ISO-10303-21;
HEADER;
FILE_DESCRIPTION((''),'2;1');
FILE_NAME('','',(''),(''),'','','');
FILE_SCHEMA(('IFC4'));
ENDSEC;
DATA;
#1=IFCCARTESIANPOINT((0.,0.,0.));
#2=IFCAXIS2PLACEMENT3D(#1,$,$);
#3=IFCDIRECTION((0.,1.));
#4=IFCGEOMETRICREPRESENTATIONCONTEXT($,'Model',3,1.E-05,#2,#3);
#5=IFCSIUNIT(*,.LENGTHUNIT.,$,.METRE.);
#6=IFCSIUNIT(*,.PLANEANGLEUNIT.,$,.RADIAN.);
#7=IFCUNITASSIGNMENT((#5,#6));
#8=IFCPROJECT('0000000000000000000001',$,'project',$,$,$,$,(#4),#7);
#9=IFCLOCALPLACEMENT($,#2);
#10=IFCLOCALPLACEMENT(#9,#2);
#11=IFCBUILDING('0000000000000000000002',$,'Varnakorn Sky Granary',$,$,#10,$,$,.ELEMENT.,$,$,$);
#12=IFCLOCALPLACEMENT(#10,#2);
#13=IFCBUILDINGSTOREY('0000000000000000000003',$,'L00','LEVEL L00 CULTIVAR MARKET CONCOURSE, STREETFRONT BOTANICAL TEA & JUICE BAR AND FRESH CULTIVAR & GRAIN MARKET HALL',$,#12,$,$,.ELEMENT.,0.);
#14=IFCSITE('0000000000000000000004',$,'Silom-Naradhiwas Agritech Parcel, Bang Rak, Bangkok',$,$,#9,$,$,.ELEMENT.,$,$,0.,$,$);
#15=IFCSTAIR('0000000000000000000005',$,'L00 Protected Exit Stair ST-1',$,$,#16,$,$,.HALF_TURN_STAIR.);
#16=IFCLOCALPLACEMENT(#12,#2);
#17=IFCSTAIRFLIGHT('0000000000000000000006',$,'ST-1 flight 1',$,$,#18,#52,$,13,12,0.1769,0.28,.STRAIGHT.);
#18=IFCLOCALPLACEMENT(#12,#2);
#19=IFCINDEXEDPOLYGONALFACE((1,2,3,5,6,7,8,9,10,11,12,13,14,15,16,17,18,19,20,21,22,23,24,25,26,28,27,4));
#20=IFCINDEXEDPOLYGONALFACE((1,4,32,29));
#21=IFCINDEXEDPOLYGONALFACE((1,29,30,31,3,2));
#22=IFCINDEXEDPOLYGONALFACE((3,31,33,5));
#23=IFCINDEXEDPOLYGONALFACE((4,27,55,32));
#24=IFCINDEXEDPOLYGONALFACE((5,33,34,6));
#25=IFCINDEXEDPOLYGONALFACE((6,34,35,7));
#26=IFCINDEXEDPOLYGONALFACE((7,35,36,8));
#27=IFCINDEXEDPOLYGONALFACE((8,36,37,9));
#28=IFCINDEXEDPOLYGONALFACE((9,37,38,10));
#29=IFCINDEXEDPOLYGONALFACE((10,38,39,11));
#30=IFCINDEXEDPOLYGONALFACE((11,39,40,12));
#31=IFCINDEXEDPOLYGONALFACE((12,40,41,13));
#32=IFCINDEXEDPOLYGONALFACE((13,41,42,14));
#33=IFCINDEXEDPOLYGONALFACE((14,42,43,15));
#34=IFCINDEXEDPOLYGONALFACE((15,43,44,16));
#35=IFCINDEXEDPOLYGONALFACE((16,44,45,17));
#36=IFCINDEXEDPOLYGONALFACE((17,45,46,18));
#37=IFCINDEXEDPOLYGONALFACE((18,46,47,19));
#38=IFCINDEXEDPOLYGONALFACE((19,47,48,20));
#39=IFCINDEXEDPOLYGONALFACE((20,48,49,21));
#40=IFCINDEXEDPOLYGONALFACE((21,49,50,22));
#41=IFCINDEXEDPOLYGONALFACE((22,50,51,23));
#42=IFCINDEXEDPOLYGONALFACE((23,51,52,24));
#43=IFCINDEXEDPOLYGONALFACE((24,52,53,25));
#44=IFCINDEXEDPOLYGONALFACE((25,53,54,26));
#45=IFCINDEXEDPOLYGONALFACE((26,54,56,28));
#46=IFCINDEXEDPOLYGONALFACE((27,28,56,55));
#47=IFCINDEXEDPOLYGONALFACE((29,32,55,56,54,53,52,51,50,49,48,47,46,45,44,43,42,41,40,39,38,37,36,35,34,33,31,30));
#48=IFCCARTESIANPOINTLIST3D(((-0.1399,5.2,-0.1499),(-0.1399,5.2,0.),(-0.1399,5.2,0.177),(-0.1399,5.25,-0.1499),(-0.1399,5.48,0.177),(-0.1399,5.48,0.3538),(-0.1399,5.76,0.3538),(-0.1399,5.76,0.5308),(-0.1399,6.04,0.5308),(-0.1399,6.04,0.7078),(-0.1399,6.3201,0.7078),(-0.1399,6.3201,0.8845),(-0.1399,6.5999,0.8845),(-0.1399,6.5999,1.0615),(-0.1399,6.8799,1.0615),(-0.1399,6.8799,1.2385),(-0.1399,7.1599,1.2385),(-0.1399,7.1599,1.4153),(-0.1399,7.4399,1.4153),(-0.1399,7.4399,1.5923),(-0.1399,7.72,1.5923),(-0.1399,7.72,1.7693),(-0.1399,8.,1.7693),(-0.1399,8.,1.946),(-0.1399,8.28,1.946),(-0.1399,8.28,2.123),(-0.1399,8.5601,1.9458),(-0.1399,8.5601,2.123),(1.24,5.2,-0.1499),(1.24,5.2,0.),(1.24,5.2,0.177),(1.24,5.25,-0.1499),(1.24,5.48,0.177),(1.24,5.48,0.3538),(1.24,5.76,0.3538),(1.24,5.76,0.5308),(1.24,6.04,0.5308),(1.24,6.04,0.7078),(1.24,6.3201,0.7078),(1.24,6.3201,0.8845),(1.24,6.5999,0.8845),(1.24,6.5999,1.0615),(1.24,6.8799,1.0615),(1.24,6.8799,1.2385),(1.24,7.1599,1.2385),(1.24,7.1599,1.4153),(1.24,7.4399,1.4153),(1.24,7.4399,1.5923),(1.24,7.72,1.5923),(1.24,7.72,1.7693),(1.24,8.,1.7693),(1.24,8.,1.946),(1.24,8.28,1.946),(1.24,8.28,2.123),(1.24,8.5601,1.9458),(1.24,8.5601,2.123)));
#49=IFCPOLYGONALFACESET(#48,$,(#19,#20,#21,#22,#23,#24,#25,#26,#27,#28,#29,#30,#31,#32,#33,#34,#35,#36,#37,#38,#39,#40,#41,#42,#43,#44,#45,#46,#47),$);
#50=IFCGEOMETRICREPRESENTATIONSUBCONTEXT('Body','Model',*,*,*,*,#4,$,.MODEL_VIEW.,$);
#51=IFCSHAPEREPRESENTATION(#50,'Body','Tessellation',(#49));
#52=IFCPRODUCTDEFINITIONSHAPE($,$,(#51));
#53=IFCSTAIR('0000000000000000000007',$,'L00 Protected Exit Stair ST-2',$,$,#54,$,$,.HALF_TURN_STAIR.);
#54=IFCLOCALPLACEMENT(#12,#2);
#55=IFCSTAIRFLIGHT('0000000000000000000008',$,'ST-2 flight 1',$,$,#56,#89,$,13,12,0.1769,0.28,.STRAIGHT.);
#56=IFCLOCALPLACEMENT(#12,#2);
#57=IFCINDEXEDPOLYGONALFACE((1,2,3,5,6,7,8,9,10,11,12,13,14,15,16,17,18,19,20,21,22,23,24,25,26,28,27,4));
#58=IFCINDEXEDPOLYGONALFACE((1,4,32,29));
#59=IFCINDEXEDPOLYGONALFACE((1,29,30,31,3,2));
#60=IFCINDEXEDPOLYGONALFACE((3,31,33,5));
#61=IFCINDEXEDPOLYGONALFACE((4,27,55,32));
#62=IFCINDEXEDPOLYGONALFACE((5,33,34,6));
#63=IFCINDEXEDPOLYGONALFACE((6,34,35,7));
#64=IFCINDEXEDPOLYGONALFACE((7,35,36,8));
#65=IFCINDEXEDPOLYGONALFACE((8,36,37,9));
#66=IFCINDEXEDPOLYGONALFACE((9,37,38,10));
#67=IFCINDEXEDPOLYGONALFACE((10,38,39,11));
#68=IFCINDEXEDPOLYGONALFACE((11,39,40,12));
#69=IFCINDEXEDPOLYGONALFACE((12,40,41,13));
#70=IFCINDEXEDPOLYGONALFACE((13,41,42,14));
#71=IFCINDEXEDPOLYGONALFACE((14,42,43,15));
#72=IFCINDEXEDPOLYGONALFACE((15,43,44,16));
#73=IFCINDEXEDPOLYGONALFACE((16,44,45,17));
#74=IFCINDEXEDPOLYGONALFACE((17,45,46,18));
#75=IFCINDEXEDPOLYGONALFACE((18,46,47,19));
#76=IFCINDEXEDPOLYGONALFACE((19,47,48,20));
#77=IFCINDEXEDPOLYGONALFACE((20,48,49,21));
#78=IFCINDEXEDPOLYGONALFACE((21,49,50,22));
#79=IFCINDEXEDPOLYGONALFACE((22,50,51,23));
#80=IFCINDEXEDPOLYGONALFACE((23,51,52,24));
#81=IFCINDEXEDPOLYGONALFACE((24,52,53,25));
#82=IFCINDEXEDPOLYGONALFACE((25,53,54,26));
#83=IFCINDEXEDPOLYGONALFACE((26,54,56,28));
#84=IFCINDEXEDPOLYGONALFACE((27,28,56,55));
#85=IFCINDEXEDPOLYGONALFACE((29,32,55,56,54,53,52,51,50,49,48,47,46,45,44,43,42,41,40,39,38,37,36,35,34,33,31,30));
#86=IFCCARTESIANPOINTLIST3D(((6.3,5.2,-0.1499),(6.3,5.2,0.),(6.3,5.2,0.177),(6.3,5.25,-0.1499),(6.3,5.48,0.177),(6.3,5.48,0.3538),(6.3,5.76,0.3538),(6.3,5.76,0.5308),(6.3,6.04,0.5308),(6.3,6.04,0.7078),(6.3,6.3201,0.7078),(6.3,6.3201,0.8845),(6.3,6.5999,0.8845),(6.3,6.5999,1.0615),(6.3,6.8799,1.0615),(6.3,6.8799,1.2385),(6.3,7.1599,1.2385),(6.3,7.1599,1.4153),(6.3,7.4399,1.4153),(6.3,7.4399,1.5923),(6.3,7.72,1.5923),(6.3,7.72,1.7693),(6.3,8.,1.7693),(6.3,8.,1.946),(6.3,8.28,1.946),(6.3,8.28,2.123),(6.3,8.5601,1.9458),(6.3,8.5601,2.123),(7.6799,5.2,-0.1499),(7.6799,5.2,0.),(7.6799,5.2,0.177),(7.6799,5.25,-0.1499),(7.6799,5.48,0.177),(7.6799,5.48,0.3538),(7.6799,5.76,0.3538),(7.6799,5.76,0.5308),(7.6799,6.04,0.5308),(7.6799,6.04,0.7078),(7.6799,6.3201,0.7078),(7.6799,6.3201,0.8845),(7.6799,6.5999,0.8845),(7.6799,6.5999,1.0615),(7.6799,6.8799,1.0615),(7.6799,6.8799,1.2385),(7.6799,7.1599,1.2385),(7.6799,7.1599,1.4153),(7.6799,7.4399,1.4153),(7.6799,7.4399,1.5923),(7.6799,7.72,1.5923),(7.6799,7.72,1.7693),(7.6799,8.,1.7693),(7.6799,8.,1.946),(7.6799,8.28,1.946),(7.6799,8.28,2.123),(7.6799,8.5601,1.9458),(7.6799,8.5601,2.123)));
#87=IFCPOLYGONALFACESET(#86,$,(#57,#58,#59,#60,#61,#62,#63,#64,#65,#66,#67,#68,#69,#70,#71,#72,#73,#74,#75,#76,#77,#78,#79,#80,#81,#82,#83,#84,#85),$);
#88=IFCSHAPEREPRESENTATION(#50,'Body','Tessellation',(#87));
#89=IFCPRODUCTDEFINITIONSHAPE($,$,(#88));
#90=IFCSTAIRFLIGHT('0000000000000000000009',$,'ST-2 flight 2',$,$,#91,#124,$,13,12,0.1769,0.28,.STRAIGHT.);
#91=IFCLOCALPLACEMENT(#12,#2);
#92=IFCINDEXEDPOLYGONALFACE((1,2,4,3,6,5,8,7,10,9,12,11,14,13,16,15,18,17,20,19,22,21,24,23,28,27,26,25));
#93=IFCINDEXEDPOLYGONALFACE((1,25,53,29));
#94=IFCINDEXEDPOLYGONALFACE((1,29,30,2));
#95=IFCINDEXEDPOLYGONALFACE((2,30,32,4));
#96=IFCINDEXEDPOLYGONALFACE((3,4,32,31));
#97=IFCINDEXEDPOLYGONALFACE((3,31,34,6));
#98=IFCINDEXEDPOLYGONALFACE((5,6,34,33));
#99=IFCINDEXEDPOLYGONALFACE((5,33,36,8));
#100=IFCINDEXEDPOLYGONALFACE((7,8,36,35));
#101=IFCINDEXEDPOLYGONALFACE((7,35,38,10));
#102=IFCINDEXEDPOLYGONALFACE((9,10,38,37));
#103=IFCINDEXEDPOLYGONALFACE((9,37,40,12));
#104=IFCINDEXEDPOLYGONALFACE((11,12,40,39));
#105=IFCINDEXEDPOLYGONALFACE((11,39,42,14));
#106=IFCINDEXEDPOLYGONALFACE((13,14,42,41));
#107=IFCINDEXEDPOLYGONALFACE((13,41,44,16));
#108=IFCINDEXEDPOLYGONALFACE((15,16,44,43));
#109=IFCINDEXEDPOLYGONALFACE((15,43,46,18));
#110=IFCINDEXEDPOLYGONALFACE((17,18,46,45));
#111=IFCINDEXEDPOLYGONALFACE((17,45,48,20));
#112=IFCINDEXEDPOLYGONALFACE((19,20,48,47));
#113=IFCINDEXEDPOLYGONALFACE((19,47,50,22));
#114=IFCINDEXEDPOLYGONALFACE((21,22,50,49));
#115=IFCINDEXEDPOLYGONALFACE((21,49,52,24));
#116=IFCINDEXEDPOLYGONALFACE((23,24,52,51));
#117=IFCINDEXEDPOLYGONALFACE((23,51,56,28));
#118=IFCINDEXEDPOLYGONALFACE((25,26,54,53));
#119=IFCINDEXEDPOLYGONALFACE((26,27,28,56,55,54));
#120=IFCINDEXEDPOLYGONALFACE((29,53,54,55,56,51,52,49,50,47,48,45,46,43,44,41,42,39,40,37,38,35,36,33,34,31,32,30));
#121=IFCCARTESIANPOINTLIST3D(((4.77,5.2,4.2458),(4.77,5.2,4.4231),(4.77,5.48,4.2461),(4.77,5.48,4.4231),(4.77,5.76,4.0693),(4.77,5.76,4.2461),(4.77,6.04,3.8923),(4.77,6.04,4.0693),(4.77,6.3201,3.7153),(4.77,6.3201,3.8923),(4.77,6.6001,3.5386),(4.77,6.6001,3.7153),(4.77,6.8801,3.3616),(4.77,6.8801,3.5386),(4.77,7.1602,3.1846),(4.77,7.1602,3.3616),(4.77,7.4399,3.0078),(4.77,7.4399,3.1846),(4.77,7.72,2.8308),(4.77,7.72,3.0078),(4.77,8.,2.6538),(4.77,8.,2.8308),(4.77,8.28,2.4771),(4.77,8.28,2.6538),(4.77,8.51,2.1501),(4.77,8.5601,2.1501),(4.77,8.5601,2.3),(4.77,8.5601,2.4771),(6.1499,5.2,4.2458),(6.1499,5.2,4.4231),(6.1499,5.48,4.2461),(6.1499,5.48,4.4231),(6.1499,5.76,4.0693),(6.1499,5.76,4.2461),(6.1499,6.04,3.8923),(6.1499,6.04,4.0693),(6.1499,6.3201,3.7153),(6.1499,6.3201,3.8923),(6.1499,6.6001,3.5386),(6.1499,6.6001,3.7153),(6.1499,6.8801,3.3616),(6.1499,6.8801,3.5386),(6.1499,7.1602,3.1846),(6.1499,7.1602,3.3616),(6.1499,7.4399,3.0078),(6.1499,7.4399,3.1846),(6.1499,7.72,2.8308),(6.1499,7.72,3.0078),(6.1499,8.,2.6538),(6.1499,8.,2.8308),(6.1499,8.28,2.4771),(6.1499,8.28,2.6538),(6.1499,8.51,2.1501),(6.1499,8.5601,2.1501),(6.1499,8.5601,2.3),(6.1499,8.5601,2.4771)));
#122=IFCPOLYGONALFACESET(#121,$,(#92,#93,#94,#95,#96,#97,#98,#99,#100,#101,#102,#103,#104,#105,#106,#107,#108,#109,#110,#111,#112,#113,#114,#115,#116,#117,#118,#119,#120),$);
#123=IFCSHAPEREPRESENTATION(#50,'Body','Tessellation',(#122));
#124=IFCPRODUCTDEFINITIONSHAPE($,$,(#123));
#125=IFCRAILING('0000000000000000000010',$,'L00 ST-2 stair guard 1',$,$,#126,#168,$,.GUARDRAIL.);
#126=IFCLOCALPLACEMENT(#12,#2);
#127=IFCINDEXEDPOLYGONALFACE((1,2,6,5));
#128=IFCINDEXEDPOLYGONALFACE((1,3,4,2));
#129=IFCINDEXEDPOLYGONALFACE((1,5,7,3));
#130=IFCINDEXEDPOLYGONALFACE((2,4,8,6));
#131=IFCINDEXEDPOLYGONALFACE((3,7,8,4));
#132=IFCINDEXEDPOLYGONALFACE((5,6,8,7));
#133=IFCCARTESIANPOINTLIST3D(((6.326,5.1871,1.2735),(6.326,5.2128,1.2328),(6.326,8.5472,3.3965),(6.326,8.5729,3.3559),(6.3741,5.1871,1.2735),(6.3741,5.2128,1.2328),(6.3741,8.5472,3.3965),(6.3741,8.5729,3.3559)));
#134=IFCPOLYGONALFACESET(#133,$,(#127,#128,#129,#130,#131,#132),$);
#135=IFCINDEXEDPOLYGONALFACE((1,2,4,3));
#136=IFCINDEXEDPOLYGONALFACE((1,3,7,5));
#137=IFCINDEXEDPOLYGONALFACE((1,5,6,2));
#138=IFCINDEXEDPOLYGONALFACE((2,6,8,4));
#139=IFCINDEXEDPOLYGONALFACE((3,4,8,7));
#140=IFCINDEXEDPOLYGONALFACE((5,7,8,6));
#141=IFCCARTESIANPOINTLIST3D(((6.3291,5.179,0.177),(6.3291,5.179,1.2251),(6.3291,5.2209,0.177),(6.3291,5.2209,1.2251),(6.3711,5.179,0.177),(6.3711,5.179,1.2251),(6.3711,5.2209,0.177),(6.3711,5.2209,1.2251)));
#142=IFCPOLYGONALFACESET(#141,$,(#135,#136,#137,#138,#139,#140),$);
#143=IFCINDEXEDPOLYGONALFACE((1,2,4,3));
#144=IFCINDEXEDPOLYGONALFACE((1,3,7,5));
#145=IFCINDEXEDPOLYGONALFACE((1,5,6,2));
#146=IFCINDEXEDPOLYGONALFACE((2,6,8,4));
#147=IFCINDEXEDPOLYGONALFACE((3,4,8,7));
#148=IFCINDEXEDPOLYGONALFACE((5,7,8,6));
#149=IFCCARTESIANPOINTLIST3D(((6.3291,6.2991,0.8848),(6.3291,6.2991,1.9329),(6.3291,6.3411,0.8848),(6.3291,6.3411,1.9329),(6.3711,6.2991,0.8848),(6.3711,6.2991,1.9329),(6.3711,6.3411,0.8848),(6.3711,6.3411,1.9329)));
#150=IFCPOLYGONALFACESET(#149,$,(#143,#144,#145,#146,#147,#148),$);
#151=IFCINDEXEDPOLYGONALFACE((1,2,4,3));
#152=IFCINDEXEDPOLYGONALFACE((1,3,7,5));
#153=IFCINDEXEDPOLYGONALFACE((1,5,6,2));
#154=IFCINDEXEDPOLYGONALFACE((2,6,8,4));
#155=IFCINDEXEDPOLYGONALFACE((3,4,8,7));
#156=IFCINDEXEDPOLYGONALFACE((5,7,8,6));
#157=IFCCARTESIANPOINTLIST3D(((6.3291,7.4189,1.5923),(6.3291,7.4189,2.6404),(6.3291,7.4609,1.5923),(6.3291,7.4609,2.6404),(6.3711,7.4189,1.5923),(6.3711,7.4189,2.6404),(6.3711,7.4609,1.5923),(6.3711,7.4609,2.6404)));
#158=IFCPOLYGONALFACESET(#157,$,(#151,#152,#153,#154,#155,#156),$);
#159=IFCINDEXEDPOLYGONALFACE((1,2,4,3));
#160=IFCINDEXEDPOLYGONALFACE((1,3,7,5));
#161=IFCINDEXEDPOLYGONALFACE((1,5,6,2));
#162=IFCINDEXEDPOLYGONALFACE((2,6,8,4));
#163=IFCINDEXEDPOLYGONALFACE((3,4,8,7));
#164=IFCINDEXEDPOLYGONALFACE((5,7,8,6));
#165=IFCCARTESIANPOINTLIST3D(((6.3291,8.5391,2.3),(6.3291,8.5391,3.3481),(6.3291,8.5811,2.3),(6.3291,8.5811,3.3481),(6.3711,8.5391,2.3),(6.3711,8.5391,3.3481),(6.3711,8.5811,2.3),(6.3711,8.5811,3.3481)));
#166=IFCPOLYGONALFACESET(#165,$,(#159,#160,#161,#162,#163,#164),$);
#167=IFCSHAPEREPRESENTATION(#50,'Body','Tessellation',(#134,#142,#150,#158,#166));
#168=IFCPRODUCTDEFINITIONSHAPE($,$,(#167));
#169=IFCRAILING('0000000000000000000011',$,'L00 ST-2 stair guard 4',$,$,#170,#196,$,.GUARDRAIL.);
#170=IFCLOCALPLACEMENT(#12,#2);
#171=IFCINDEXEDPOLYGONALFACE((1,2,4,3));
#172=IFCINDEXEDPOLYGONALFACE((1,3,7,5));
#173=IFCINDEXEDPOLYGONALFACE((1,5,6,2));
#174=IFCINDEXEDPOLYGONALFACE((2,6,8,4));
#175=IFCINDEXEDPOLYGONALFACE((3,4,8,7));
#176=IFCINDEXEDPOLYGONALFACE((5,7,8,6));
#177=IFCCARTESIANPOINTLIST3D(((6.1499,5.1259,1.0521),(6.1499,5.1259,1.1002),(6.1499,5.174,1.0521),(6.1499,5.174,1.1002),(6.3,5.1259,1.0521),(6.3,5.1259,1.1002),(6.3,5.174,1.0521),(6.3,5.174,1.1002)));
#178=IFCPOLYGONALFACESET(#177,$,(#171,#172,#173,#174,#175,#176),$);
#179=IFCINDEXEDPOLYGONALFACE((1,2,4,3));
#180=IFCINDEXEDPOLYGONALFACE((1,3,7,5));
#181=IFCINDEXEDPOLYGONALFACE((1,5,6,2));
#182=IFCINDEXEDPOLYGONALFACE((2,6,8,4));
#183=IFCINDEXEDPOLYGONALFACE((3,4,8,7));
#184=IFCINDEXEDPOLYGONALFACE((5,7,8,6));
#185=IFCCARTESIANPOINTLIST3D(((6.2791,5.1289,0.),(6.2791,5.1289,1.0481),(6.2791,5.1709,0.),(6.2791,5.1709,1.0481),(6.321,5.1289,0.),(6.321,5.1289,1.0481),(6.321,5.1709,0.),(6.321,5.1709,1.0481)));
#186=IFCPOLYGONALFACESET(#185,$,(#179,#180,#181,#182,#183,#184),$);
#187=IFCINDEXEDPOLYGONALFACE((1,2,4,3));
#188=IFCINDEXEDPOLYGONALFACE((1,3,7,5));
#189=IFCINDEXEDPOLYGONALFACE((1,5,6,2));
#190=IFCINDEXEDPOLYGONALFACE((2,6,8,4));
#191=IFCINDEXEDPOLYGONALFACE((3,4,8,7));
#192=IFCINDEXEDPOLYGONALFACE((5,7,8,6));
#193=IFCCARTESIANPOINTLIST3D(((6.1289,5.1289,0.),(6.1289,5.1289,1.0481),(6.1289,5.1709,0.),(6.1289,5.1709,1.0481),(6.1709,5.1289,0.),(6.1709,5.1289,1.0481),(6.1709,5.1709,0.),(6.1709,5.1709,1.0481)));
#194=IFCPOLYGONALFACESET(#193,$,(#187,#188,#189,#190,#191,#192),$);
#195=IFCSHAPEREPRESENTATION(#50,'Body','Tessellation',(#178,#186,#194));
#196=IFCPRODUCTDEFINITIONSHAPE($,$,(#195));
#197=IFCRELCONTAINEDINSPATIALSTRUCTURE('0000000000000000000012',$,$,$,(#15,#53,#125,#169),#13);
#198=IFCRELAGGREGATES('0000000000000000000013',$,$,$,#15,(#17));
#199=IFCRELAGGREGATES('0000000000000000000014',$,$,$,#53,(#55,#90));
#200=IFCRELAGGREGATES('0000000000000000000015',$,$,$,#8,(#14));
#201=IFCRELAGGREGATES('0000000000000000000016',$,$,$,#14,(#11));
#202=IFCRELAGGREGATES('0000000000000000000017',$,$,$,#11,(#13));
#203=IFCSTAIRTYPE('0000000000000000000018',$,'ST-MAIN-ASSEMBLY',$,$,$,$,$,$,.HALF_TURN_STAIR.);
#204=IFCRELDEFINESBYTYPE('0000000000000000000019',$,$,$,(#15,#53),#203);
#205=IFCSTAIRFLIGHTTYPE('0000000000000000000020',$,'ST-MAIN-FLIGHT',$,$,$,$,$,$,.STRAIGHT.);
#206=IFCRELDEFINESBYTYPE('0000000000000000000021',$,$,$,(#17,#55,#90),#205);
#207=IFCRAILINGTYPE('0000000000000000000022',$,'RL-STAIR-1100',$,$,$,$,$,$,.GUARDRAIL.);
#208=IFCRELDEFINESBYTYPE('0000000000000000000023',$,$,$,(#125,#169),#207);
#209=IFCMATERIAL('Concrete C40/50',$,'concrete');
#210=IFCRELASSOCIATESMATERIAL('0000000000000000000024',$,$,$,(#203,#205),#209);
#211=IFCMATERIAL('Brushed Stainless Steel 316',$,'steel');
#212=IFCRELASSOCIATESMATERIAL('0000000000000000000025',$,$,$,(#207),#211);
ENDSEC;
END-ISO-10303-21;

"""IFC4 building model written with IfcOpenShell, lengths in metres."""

from ifc_helpers import new_model, si_unit, direction, frame, origin, origin_2d, place, context, subcontext, project, spatial, polyline, rectangle, outline, extrude, material, type_object, element, aggregate, save


model = new_model("IFC4")

# Units and contexts
model_context = context("Model", 3, precision=1e-05, world=origin(), true_north=direction((0.0, 1.0)))
body_context = subcontext(model_context, "Body", "Model", "MODEL_VIEW")
ifc_project = project(units=[si_unit("LENGTHUNIT", "METRE"), si_unit("PLANEANGLEUNIT", "RADIAN")], contexts=[model_context])

# Site, building, storey
site_placement = place(None, origin())
site = spatial("IfcSite", under=ifc_project, at=site_placement, Name="Silom-Naradhiwas Agritech Parcel, Bang Rak, Bangkok", CompositionType="ELEMENT", RefElevation=0.0)
building_placement = place(site_placement, origin())
building = spatial("IfcBuilding", under=site, at=building_placement, Name="Varnakorn Sky Granary", CompositionType="ELEMENT")
storey_placement = place(building_placement, origin())
storey = spatial("IfcBuildingStorey", under=building, at=storey_placement, Name="L00", Description="LEVEL L00 CULTIVAR MARKET CONCOURSE, STREETFRONT BOTANICAL TEA & JUICE BAR AND FRESH CULTIVAR & GRAIN MARKET HALL", CompositionType="ELEMENT", Elevation=0.0)

# Stair, stair flight
ifc_material_1 = material(Name="Concrete C40/50", Category="concrete")
stair_type = type_object("IfcStairType", Name="ST-MAIN-ASSEMBLY", PredefinedType="HALF_TURN_STAIR", material=ifc_material_1)
stair_1_placement = place(storey_placement, origin())
stair_1 = element("IfcStair", 1, at=stair_1_placement, inside=storey, type_object=stair_type, Name="L00 Protected Exit Stair ST-1", PredefinedType="HALF_TURN_STAIR")
stair_flight_type = type_object("IfcStairFlightType", Name="ST-MAIN-FLIGHT", PredefinedType="STRAIGHT", material=ifc_material_1)
stair_flight_1_placement = place(storey_placement, frame((0.55, 5.2, 0.0), z_axis=(0.0, 0.0, 1.0), x_axis=(0.0, 1.0, 0.0)))
stair_flight_1 = element("IfcStairFlight", 2, at=stair_flight_1_placement, type_object=stair_flight_type, Name="ST-1 flight 1", NumberOfRisers=13, NumberOfTreads=12, PredefinedType="STRAIGHT", RiserHeight=0.1769, TreadLength=0.28, context=body_context, shape_type="SweptSolid", body=[
    extrude(outline(polyline([(0.0, -0.1499), (0.0, 0.0), (0.0, 0.177), (0.28, 0.177), (0.28, 0.3538), (0.5601, 0.3538), (0.5601, 0.5308), (0.8401, 0.5308), (0.8401, 0.7078), (1.1201, 0.7078), (1.1201, 0.8845), (1.3999, 0.8845), (1.3999, 1.0615), (1.6799, 1.0615), (1.6799, 1.2385), (1.96, 1.2385), (1.96, 1.4153), (2.24, 1.4153), (2.24, 1.5923), (2.52, 1.5923), (2.52, 1.7693), (2.8, 1.7693), (2.8, 1.946), (3.0801, 1.946), (3.0801, 2.123), (3.3601, 2.123), (3.3601, 2.3), (3.3601, 1.9458), (0.05, -0.1499), (0.0, -0.1499)])), frame((0.0, 0.6899, 0.0), z_axis=(0.0, -1.0, 0.0), x_axis=(1.0, 0.0, 0.0)), (0.0, 0.0, 1.0), 1.3799),
])
aggregate(stair_1, [stair_flight_1])

# Stair, stair flights
stair_2_placement = place(storey_placement, origin())
stair_2 = element("IfcStair", 3, at=stair_2_placement, inside=storey, type_object=stair_type, Name="L00 Protected Exit Stair ST-2", PredefinedType="HALF_TURN_STAIR")
stair_flight_2_placement = place(storey_placement, frame((6.99, 5.2, 0.0), z_axis=(0.0, 0.0, 1.0), x_axis=(0.0, 1.0, 0.0)))
stair_flight_2 = element("IfcStairFlight", 4, at=stair_flight_2_placement, type_object=stair_flight_type, Name="ST-2 flight 1", NumberOfRisers=13, NumberOfTreads=12, PredefinedType="STRAIGHT", RiserHeight=0.1769, TreadLength=0.28, context=body_context, shape_type="SweptSolid", body=[
    extrude(outline(polyline([(0.0, -0.1499), (0.0, 0.0), (0.0, 0.177), (0.28, 0.177), (0.28, 0.3538), (0.5601, 0.3538), (0.5601, 0.5308), (0.8401, 0.5308), (0.8401, 0.7078), (1.1201, 0.7078), (1.1201, 0.8845), (1.3999, 0.8845), (1.3999, 1.0615), (1.6799, 1.0615), (1.6799, 1.2385), (1.96, 1.2385), (1.96, 1.4153), (2.24, 1.4153), (2.24, 1.5923), (2.52, 1.5923), (2.52, 1.7693), (2.8, 1.7693), (2.8, 1.946), (3.0801, 1.946), (3.0801, 2.123), (3.3601, 2.123), (3.3601, 2.3), (3.3601, 1.9458), (0.05, -0.1499), (0.0, -0.1499)])), frame((0.0, 0.6899, 0.0), z_axis=(0.0, -1.0, 0.0), x_axis=(1.0, 0.0, 0.0)), (0.0, 0.0, 1.0), 1.3799),
])
stair_flight_3_placement = place(storey_placement, frame((5.46, 8.5601, 2.3), z_axis=(0.0, 0.0, 1.0), x_axis=(0.0, -1.0, 0.0)))
stair_flight_3 = element("IfcStairFlight", 5, at=stair_flight_3_placement, type_object=stair_flight_type, Name="ST-2 flight 2", NumberOfRisers=13, NumberOfTreads=12, PredefinedType="STRAIGHT", RiserHeight=0.1769, TreadLength=0.28, context=body_context, shape_type="SweptSolid", body=[
    extrude(outline(polyline([(0.0, -0.1499), (0.0, 0.0), (0.0, 0.177), (0.28, 0.177), (0.28, 0.3538), (0.5601, 0.3538), (0.5601, 0.5308), (0.8401, 0.5308), (0.8401, 0.7078), (1.1201, 0.7078), (1.1201, 0.8845), (1.3999, 0.8845), (1.3999, 1.0615), (1.6799, 1.0615), (1.6799, 1.2385), (1.96, 1.2385), (1.96, 1.4153), (2.24, 1.4153), (2.24, 1.5923), (2.52, 1.5923), (2.52, 1.7693), (2.8, 1.7693), (2.8, 1.946), (3.0801, 1.946), (3.0801, 2.123), (3.3601, 2.123), (3.3601, 2.3), (3.3601, 1.9458), (0.05, -0.1499), (0.0, -0.1499)])), frame((0.0, 0.6899, 0.0), z_axis=(0.0, -1.0, 0.0), x_axis=(1.0, 0.0, 0.0)), (0.0, 0.0, 1.0), 1.3799),
])
aggregate(stair_2, [stair_flight_2, stair_flight_3])

# Railings
ifc_material_2 = material(Name="Brushed Stainless Steel 316", Category="steel")
railing_type_1 = type_object("IfcRailingType", Name="RL-STAIR-1100", PredefinedType="GUARDRAIL", material=ifc_material_2)
railing_1_placement = place(storey_placement, frame((6.3501, 5.2, 0.177)))
element("IfcRailing", 6, at=railing_1_placement, inside=storey, type_object=railing_type_1, Name="L00 ST-2 stair guard 1", PredefinedType="GUARDRAIL", context=body_context, shape_type="SweptSolid", body=[
    extrude(rectangle(XDim=0.0481, YDim=0.0481, at=origin_2d()), frame((0.0, 0.0, 1.0762), z_axis=(0.0, 0.84539, 0.53415), x_axis=(-1.0, 0.0, 0.0)), (0.0, 0.0, 1.0), 3.9746),
    extrude(rectangle(XDim=0.042, YDim=0.042, at=origin_2d()), origin(), (0.0, 0.0, 1.0), 1.0481),
    extrude(rectangle(XDim=0.042, YDim=0.042, at=origin_2d()), frame((0.0, 1.1201, 0.7078)), (0.0, 0.0, 1.0), 1.0481),
    extrude(rectangle(XDim=0.042, YDim=0.042, at=origin_2d()), frame((0.0, 2.24, 1.4153)), (0.0, 0.0, 1.0), 1.0481),
    extrude(rectangle(XDim=0.042, YDim=0.042, at=origin_2d()), frame((0.0, 3.3601, 2.123)), (0.0, 0.0, 1.0), 1.0481),
])
railing_2_placement = place(storey_placement, frame((6.3, 5.1499, 0.0)))
element("IfcRailing", 7, at=railing_2_placement, inside=storey, type_object=railing_type_1, Name="L00 ST-2 stair guard 4", PredefinedType="GUARDRAIL", context=body_context, shape_type="SweptSolid", body=[
    extrude(rectangle(XDim=0.0481, YDim=0.0481, at=origin_2d()), frame((0.0, 0.0, 1.0762), z_axis=(-1.0, 0.0, 0.0), x_axis=(0.0, -1.0, 0.0)), (0.0, 0.0, 1.0), 0.1501),
    extrude(rectangle(XDim=0.042, YDim=0.042, at=origin_2d()), origin(), (0.0, 0.0, 1.0), 1.0481),
    extrude(rectangle(XDim=0.042, YDim=0.042, at=origin_2d()), frame((-0.1501, 0.0, 0.0)), (0.0, 0.0, 1.0), 1.0481),
])

save(model, "model.ifc")
